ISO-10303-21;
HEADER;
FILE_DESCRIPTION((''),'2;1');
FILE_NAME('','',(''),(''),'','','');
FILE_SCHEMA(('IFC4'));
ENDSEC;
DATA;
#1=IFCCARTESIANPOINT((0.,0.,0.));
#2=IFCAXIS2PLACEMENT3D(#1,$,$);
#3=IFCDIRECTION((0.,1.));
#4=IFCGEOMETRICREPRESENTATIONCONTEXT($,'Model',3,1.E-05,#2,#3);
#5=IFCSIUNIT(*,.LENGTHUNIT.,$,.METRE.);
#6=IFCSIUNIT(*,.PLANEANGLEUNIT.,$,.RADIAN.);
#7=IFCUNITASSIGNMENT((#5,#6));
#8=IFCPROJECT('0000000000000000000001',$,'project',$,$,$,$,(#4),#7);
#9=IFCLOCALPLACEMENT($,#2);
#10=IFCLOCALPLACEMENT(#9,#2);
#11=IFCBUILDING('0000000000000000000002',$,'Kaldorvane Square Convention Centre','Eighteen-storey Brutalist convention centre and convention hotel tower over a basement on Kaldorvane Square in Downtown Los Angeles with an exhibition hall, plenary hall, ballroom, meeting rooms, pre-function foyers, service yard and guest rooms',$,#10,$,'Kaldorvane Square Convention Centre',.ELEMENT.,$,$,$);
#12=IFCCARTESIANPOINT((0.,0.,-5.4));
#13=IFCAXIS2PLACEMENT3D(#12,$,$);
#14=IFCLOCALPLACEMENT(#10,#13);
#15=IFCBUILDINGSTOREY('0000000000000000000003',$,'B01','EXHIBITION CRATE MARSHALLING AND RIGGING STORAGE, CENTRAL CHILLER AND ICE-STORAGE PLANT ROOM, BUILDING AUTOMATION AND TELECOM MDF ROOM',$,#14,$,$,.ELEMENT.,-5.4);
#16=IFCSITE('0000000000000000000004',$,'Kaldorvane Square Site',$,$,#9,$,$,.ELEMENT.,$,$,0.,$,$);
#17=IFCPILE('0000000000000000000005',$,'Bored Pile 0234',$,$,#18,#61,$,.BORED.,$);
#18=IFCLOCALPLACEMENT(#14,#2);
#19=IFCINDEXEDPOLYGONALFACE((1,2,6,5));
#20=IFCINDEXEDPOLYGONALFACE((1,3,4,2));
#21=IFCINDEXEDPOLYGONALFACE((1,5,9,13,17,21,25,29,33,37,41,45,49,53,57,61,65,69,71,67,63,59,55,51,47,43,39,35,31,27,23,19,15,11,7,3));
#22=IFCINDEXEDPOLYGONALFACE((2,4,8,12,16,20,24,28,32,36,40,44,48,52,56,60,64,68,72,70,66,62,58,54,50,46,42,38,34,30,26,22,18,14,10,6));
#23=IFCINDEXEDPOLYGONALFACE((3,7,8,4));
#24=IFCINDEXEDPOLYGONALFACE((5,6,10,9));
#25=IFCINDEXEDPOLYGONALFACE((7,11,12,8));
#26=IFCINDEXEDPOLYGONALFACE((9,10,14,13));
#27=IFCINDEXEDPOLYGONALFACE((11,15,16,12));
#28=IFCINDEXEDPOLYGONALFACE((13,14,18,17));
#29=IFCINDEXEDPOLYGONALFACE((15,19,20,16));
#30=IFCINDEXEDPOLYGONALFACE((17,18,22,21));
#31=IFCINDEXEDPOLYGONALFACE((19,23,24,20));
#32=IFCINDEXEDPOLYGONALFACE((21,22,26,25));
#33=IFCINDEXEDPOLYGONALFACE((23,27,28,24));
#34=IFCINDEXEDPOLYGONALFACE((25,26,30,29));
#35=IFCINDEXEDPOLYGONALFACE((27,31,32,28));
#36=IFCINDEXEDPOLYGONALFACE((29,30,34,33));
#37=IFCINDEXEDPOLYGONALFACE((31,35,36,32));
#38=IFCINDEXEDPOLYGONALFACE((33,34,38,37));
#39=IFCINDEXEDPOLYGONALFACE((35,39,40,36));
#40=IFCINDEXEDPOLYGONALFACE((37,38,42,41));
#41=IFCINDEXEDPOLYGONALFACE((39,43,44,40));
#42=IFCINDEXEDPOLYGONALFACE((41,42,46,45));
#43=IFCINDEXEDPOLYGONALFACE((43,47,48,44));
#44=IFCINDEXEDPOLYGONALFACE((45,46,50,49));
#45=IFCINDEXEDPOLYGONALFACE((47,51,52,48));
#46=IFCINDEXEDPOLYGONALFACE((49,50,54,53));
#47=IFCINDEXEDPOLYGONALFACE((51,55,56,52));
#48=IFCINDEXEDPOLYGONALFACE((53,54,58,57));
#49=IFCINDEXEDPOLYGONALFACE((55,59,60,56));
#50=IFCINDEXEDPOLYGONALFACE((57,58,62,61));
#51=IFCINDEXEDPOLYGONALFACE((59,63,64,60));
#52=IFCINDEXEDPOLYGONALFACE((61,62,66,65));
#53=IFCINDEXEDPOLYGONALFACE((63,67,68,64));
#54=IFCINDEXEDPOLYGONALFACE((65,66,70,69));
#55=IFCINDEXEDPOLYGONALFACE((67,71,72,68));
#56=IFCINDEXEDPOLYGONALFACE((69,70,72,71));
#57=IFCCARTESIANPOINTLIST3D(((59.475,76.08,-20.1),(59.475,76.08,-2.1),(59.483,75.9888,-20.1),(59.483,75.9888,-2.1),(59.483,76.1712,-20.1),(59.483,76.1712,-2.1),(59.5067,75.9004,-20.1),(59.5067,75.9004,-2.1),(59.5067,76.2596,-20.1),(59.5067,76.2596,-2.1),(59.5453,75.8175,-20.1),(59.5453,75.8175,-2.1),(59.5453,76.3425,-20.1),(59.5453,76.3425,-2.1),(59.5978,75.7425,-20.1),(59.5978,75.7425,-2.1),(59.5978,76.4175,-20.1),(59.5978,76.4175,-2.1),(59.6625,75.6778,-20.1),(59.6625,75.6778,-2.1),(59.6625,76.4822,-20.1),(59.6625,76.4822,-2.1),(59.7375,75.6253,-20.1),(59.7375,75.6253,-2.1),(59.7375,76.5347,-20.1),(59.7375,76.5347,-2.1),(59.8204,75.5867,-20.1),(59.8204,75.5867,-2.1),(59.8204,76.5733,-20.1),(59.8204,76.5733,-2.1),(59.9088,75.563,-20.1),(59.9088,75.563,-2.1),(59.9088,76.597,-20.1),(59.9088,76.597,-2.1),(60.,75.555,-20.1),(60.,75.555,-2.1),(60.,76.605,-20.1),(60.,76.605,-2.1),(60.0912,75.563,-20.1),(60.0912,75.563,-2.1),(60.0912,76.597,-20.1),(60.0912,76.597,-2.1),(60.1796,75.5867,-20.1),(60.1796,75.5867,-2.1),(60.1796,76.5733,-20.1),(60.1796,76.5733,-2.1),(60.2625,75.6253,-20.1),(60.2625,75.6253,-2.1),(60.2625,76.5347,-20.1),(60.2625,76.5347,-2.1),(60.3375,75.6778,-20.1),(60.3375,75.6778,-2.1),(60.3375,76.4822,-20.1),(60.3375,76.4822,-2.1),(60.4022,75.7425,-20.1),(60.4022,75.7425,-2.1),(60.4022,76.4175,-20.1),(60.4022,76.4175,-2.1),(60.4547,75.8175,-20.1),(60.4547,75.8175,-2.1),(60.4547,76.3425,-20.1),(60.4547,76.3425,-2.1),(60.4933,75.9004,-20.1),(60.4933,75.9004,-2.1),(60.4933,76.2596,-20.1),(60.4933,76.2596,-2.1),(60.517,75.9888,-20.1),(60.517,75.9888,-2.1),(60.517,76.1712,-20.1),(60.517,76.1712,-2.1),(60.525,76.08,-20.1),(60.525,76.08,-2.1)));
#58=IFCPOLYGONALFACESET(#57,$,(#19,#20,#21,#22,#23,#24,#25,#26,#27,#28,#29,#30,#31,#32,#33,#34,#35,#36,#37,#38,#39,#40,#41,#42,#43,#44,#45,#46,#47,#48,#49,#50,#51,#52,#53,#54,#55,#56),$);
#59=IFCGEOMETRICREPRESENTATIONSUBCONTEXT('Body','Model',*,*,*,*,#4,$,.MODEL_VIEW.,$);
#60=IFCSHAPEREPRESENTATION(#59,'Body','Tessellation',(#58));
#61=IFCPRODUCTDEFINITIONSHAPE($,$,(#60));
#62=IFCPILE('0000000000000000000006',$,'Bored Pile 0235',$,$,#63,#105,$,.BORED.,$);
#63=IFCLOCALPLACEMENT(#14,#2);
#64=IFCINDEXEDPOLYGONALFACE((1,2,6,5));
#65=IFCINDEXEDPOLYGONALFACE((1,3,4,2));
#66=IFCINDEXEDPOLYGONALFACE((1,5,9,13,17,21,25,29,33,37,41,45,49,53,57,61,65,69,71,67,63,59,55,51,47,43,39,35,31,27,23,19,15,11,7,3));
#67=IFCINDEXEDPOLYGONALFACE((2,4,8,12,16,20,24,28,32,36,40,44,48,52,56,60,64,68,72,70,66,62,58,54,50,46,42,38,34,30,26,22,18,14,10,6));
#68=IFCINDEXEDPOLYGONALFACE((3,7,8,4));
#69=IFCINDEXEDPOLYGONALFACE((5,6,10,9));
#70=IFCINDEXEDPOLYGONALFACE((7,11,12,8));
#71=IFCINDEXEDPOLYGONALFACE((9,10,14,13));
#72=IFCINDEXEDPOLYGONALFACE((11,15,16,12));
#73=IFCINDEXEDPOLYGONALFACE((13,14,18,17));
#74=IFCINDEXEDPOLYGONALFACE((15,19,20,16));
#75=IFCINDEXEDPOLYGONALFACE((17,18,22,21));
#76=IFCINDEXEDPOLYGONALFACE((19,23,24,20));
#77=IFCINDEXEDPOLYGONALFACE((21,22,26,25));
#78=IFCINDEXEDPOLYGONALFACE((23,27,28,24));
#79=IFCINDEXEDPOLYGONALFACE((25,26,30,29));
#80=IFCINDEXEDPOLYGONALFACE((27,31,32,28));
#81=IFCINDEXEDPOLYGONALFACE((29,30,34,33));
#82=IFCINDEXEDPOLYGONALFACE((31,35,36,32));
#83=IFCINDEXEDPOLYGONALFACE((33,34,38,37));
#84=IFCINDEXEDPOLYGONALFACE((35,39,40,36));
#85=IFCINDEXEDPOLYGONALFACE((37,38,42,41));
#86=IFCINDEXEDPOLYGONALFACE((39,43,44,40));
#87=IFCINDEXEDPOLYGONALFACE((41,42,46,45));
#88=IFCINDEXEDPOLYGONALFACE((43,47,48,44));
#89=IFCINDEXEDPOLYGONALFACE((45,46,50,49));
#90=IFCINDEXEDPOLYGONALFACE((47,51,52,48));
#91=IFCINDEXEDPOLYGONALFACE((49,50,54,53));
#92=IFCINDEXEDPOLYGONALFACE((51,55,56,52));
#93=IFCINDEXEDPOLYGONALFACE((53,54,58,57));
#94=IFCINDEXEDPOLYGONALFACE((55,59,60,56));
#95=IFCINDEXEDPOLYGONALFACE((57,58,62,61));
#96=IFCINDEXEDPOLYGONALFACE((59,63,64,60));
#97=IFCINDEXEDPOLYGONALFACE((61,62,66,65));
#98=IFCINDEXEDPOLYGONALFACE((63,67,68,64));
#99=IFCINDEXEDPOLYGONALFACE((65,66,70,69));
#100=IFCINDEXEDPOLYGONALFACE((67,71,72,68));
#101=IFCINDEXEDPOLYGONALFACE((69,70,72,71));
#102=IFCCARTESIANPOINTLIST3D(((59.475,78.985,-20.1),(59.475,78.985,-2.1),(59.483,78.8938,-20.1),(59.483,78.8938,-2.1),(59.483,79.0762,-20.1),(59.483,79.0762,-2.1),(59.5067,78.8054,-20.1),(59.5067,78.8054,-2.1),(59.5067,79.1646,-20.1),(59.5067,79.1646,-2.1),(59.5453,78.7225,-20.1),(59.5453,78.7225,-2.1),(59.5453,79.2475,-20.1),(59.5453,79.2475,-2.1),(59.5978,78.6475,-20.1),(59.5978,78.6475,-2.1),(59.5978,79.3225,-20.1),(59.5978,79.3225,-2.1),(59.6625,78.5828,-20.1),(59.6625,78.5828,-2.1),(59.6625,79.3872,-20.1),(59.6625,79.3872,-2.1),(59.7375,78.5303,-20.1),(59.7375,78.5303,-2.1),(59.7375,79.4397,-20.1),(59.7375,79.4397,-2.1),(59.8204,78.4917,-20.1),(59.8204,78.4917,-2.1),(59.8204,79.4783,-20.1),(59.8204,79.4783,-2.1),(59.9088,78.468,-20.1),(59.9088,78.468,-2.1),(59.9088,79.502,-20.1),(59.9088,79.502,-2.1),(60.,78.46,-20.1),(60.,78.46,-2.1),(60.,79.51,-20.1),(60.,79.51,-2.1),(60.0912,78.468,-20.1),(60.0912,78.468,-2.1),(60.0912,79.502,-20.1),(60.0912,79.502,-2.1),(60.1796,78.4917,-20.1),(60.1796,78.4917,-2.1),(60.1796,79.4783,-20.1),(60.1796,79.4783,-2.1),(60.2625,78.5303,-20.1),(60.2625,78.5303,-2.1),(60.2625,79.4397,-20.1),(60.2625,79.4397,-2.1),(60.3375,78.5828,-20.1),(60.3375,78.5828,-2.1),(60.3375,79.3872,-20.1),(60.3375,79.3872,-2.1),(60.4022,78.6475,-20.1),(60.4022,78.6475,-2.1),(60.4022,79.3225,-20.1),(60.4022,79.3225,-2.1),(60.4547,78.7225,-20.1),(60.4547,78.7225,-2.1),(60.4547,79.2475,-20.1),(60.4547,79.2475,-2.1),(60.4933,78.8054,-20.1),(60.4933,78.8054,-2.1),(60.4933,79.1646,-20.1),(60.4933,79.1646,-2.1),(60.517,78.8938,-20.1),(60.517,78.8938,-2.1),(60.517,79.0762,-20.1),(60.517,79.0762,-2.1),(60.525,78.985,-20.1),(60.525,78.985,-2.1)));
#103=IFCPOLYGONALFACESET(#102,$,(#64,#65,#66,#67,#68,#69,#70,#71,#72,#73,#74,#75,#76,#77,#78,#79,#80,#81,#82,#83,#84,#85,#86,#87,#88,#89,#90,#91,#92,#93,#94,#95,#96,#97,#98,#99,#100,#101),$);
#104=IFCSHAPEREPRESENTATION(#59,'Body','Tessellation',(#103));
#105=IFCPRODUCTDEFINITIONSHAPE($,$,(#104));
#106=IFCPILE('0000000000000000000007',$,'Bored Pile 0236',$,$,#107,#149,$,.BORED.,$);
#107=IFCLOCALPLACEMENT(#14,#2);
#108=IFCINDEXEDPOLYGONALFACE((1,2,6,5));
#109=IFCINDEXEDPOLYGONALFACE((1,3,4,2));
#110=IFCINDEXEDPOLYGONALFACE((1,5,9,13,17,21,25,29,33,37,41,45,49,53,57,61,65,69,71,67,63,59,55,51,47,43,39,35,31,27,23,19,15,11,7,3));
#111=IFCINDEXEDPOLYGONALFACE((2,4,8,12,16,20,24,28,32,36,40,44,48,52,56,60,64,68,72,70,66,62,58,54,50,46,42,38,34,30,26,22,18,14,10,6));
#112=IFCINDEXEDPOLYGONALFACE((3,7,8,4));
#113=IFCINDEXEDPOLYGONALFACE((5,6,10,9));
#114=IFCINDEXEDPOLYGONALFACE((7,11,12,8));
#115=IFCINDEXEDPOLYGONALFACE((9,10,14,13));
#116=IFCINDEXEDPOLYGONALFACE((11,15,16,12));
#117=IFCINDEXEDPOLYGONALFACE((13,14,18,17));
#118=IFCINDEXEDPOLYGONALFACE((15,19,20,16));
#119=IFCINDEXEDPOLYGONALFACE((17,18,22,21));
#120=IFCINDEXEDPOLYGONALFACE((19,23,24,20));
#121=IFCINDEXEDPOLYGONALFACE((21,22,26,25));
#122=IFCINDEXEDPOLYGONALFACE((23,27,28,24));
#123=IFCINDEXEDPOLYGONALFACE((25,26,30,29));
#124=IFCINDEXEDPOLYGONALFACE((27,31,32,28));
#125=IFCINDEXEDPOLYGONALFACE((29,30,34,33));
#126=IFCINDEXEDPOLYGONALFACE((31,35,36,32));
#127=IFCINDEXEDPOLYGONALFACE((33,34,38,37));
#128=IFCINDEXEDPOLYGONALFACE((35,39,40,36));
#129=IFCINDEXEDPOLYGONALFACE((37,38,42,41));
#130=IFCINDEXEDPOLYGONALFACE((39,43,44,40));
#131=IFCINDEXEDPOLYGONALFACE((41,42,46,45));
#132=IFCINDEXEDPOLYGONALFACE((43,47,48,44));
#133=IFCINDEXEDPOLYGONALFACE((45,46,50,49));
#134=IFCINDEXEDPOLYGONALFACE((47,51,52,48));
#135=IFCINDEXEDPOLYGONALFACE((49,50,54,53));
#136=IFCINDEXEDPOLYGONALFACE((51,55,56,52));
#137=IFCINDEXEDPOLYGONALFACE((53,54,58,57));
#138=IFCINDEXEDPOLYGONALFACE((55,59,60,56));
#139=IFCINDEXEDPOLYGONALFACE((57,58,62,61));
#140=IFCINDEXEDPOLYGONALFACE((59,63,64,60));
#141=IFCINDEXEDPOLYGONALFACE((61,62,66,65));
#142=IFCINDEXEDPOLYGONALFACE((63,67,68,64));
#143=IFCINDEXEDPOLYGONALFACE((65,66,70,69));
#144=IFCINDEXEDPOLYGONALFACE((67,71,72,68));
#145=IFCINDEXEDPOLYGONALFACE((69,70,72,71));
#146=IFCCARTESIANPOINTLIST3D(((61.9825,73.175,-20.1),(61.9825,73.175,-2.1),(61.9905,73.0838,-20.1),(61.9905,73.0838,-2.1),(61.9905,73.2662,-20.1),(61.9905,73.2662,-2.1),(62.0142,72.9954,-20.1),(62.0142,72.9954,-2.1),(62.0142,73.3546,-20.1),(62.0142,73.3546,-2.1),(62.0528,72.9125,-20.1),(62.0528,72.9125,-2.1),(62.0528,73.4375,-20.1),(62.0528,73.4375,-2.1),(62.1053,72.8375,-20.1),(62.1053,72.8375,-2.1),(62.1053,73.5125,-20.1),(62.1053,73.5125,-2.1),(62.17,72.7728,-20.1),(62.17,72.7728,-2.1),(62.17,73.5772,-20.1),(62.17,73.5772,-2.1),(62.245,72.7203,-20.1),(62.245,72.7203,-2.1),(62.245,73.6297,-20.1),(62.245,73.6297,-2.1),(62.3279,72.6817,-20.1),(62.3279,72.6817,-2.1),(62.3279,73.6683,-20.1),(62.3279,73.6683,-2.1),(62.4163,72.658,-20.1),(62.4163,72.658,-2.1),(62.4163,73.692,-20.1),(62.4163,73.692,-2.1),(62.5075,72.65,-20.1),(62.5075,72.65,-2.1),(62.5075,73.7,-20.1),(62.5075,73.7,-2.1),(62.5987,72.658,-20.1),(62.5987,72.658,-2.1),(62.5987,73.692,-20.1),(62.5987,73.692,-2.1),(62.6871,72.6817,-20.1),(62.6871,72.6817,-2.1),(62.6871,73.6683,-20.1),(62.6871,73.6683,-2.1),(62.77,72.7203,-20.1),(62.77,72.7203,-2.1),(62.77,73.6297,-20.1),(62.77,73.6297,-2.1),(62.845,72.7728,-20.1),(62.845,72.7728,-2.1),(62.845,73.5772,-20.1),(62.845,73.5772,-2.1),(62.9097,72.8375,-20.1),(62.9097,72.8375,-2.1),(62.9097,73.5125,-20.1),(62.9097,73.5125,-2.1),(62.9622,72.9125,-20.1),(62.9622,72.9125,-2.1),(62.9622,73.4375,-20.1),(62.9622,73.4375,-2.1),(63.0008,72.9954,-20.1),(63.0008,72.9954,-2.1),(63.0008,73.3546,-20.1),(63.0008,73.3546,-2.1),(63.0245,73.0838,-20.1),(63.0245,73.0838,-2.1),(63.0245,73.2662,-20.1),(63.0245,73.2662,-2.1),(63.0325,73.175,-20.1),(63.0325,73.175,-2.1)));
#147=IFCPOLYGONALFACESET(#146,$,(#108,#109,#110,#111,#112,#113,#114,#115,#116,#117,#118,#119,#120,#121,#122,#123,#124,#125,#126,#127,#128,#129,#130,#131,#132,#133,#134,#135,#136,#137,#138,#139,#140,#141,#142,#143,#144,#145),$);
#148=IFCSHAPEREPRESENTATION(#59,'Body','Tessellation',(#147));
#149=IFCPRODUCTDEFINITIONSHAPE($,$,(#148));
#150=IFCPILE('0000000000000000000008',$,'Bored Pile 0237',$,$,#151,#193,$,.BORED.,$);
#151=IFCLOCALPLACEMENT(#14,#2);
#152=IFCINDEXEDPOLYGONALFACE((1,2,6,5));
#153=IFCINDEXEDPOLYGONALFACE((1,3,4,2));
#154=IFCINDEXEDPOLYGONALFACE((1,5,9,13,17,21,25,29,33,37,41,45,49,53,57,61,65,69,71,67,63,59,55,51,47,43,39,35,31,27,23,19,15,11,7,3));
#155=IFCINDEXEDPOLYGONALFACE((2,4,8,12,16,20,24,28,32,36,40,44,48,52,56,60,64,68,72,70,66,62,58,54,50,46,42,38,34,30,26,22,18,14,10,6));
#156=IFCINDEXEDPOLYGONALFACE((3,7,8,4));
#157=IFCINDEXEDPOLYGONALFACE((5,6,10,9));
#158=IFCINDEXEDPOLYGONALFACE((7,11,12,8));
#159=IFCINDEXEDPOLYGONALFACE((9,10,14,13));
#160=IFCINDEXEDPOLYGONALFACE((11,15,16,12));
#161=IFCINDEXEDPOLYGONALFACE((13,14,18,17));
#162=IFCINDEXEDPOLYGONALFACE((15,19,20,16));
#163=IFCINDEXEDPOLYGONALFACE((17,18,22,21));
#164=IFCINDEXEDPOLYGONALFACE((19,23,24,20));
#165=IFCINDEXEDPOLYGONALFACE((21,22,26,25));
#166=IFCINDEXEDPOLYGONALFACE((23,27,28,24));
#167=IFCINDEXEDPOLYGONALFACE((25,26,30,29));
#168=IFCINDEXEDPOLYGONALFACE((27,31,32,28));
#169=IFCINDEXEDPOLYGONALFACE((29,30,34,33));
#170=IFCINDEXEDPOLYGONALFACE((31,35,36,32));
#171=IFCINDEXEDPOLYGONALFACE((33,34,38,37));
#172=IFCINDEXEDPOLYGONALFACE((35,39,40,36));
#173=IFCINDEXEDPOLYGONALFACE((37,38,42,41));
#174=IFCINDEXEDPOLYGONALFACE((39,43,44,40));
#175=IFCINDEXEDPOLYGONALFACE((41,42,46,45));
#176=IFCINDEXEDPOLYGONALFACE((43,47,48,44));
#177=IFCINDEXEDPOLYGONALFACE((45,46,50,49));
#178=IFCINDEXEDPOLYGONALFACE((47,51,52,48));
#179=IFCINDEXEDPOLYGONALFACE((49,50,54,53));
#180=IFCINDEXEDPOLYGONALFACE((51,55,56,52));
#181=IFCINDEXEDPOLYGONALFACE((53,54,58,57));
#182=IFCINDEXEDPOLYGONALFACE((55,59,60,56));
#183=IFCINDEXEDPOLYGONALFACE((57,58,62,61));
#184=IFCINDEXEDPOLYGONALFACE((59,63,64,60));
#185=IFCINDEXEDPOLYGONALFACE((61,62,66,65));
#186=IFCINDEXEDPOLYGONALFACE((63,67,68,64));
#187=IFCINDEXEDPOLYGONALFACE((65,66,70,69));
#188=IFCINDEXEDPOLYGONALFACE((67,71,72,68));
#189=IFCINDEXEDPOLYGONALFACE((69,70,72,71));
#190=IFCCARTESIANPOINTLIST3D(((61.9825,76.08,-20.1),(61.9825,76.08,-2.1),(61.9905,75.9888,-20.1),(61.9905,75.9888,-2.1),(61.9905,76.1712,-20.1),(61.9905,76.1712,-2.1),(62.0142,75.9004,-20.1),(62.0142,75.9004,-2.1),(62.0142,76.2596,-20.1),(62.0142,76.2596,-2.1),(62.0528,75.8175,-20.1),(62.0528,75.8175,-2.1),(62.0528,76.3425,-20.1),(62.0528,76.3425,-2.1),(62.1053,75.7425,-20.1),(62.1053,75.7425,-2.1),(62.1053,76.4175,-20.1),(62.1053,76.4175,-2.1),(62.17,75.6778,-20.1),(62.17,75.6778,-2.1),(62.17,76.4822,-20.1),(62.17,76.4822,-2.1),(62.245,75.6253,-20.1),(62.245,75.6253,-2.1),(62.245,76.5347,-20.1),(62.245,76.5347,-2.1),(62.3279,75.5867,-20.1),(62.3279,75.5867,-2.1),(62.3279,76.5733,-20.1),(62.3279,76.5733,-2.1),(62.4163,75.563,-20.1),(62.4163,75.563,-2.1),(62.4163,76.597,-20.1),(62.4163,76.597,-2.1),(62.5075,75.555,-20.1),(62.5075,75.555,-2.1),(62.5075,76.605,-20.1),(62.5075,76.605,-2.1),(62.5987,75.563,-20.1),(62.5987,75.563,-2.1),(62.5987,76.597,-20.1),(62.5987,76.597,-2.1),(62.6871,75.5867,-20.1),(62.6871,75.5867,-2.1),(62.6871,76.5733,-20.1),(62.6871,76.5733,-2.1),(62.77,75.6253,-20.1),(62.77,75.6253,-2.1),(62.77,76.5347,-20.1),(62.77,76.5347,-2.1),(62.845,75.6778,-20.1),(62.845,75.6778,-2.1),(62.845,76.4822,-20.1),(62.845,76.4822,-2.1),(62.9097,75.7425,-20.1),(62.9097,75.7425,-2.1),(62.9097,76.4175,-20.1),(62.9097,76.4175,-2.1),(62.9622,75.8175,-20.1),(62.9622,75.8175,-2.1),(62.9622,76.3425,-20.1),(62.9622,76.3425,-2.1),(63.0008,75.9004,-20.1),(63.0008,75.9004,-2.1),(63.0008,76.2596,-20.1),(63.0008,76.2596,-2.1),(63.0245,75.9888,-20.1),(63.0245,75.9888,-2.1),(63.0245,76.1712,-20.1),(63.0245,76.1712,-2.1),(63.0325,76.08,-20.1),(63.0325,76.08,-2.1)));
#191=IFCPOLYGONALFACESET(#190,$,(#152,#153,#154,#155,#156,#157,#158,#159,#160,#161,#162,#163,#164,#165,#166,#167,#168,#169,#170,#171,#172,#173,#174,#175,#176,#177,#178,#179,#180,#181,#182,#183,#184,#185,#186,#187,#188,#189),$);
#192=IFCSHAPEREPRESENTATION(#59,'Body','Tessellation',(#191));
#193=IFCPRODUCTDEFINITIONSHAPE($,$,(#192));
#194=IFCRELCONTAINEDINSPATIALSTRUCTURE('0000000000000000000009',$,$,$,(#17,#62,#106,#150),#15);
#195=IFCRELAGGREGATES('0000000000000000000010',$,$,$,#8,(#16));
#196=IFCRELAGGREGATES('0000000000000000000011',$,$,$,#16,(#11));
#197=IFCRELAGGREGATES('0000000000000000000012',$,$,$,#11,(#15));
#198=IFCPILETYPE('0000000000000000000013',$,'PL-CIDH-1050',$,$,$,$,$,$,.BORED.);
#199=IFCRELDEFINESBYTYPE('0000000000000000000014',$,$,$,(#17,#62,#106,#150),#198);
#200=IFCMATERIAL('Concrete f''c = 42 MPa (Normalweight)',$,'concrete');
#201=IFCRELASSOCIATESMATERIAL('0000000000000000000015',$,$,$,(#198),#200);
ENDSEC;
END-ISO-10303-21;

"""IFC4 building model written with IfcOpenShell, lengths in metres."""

from ifc_helpers import new_model, si_unit, direction, frame, origin, origin_2d, place, context, subcontext, project, spatial, circle, extrude, material, material_profile, profile_set, type_object, element, save


model = new_model("IFC4")

# Units and contexts
model_context = context("Model", 3, precision=1e-05, world=origin(), true_north=direction((0.0, 1.0)))
body_context = subcontext(model_context, "Body", "Model", "MODEL_VIEW")
ifc_project = project(units=[si_unit("LENGTHUNIT", "METRE"), si_unit("PLANEANGLEUNIT", "RADIAN")], contexts=[model_context])

# Site, building, storey
site_placement = place(None, origin())
site = spatial("IfcSite", under=ifc_project, at=site_placement, Name="Kaldorvane Square Site", CompositionType="ELEMENT", RefElevation=0.0)
building_placement = place(site_placement, origin())
building = spatial("IfcBuilding", under=site, at=building_placement, Name="Kaldorvane Square Convention Centre", Description="Eighteen-storey Brutalist convention centre and convention hotel tower over a basement on Kaldorvane Square in Downtown Los Angeles with an exhibition hall, plenary hall, ballroom, meeting rooms, pre-function foyers, service yard and guest rooms", LongName="Kaldorvane Square Convention Centre", CompositionType="ELEMENT")
storey_placement = place(building_placement, frame((0.0, 0.0, -5.4)))
storey = spatial("IfcBuildingStorey", under=building, at=storey_placement, Name="B01", Description="EXHIBITION CRATE MARSHALLING AND RIGGING STORAGE, CENTRAL CHILLER AND ICE-STORAGE PLANT ROOM, BUILDING AUTOMATION AND TELECOM MDF ROOM", CompositionType="ELEMENT", Elevation=-5.4)

# Shared definitions
ifc_material_1 = material(Name="Concrete f'c = 42 MPa (Normalweight)", Category="concrete")

# Piles
ifc_material_profile_1 = material_profile(ifc_material_1, circle(Radius=0.525, at=origin_2d()), Name="PILE-D1050")
ifc_profile_set_1 = profile_set([ifc_material_profile_1], Name="Concrete f'c = 42 MPa (Normalweight)")
pile_type_1 = type_object("IfcPileType", Name="PL-CIDH-1050", PredefinedType="BORED", material=ifc_profile_set_1)
for number, where, z_axis, x_axis, name in (
    (1, (60.0, 76.08, -2.1), (0.0, 0.0, -1.0), (1.0, 0.0, 0.0), "Bored Pile 0234"),
    (2, (60.0, 78.985, -2.1), (0.0, 0.0, -1.0), (1.0, 0.0, 0.0), "Bored Pile 0235"),
    (3, (62.5075, 73.175, -2.1), (0.0, 0.0, -1.0), (1.0, 0.0, 0.0), "Bored Pile 0236"),
    (4, (62.5075, 76.08, -2.1), (0.0, 0.0, -1.0), (1.0, 0.0, 0.0), "Bored Pile 0237"),
):
    element("IfcPile", number, at=place(storey_placement, frame(where, z_axis=z_axis, x_axis=x_axis)), inside=storey, type_object=pile_type_1, Name=name, PredefinedType="BORED", context=body_context, shape_type="SweptSolid", body=[
        extrude(circle(Radius=0.525, at=origin_2d()), origin(), (0.0, 0.0, 1.0), 18.0),
    ])

save(model, "model.ifc")
